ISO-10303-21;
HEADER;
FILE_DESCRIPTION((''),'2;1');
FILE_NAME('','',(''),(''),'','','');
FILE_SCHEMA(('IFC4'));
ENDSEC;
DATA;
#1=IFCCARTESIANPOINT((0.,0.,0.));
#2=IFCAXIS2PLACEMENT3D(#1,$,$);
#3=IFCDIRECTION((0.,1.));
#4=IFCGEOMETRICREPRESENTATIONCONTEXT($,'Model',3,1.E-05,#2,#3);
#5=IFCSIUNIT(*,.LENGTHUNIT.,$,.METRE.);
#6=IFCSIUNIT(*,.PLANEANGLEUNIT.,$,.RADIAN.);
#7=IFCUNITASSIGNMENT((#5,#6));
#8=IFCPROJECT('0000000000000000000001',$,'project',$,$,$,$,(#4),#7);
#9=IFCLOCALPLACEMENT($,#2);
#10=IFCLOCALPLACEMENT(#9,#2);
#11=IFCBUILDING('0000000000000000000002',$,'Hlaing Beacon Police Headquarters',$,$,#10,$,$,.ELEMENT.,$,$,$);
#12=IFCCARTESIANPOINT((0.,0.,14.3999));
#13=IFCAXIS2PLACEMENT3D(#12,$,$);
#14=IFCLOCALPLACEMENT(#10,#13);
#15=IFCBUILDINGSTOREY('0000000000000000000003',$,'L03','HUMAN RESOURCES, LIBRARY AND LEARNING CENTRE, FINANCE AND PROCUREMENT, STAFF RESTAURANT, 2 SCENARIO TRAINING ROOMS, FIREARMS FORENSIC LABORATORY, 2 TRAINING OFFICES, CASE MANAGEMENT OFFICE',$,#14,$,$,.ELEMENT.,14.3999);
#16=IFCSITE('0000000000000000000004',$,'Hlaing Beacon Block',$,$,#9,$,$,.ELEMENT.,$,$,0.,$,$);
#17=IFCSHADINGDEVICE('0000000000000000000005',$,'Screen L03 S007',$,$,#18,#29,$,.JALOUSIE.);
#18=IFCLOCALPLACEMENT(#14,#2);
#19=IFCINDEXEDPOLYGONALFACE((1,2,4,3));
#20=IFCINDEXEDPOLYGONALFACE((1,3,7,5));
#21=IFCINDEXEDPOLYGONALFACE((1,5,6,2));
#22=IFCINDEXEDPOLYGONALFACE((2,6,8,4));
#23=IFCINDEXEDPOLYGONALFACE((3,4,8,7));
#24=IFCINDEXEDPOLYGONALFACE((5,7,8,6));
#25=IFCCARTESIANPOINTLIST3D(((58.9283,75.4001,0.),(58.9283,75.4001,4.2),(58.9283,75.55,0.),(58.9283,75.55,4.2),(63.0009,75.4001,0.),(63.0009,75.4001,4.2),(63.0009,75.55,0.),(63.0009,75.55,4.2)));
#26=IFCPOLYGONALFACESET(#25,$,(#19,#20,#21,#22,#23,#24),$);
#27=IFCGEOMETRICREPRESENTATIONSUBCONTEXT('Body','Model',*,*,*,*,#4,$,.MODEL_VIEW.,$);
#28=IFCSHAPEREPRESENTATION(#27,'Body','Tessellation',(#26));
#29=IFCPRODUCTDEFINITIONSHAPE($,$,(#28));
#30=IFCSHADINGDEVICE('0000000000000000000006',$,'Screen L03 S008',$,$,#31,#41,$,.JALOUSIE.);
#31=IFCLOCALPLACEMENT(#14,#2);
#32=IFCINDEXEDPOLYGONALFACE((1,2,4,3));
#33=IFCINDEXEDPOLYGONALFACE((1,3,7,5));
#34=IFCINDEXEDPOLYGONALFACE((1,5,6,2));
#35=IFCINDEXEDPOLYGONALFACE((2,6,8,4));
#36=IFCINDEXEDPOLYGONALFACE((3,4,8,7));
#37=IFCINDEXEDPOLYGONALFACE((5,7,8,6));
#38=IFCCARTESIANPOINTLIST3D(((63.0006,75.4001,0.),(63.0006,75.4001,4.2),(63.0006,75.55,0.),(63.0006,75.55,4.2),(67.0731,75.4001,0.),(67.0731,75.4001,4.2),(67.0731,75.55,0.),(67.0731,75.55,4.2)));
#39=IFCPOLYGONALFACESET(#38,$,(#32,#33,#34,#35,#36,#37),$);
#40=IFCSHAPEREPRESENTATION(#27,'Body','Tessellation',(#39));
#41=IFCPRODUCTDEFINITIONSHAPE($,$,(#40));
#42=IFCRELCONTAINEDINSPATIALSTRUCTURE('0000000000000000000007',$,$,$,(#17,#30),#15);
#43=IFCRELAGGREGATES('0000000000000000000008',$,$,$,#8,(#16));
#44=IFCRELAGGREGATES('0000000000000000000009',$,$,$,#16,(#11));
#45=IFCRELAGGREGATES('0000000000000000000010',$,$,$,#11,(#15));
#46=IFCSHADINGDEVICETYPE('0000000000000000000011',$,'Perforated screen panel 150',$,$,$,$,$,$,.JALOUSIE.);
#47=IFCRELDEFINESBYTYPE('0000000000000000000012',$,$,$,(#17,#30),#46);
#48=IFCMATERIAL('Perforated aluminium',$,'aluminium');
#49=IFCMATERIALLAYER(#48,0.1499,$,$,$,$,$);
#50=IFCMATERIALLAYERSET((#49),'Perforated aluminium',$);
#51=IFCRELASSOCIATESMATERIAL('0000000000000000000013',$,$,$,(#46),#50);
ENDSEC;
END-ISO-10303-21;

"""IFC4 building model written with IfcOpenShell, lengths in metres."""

from ifc_helpers import new_model, si_unit, direction, frame, origin, origin_2d, place, context, subcontext, project, spatial, rectangle, extrude, material, layer, layer_set, type_object, element, save


model = new_model("IFC4")

# Units and contexts
model_context = context("Model", 3, precision=1e-05, world=origin(), true_north=direction((0.0, 1.0)))
body_context = subcontext(model_context, "Body", "Model", "MODEL_VIEW")
ifc_project = project(units=[si_unit("LENGTHUNIT", "METRE"), si_unit("PLANEANGLEUNIT", "RADIAN")], contexts=[model_context])

# Site, building, storey
site_placement = place(None, origin())
site = spatial("IfcSite", under=ifc_project, at=site_placement, Name="Hlaing Beacon Block", CompositionType="ELEMENT", RefElevation=0.0)
building_placement = place(site_placement, origin())
building = spatial("IfcBuilding", under=site, at=building_placement, Name="Hlaing Beacon Police Headquarters", CompositionType="ELEMENT")
storey_placement = place(building_placement, frame((0.0, 0.0, 14.3999)))
storey = spatial("IfcBuildingStorey", under=building, at=storey_placement, Name="L03", Description="HUMAN RESOURCES, LIBRARY AND LEARNING CENTRE, FINANCE AND PROCUREMENT, STAFF RESTAURANT, 2 SCENARIO TRAINING ROOMS, FIREARMS FORENSIC LABORATORY, 2 TRAINING OFFICES, CASE MANAGEMENT OFFICE", CompositionType="ELEMENT", Elevation=14.3999)

# Shading devices
ifc_material_1 = material(Name="Perforated aluminium", Category="aluminium")
ifc_layer_1 = layer(ifc_material_1, 0.1499)
ifc_layer_set_1 = layer_set([ifc_layer_1], Name="Perforated aluminium")
shading_device_type_1 = type_object("IfcShadingDeviceType", Name="Perforated screen panel 150", PredefinedType="JALOUSIE", material=ifc_layer_set_1)
for number, where, z_axis, x_axis, name in (
    (1, (60.9646, 75.4751, 0.0), (0.0, 0.0, 1.0), (1.0, 0.0, 0.0), "Screen L03 S007"),
    (2, (65.0369, 75.4751, 0.0), (0.0, 0.0, 1.0), (1.0, 0.0, 0.0), "Screen L03 S008"),
):
    element("IfcShadingDevice", number, at=place(storey_placement, frame(where, z_axis=z_axis, x_axis=x_axis)), inside=storey, type_object=shading_device_type_1, Name=name, PredefinedType="JALOUSIE", context=body_context, shape_type="SweptSolid", body=[
        extrude(rectangle(XDim=4.0725, YDim=0.1499, at=origin_2d()), origin(), (0.0, 0.0, 1.0), 4.2),
    ])

save(model, "model.ifc")
